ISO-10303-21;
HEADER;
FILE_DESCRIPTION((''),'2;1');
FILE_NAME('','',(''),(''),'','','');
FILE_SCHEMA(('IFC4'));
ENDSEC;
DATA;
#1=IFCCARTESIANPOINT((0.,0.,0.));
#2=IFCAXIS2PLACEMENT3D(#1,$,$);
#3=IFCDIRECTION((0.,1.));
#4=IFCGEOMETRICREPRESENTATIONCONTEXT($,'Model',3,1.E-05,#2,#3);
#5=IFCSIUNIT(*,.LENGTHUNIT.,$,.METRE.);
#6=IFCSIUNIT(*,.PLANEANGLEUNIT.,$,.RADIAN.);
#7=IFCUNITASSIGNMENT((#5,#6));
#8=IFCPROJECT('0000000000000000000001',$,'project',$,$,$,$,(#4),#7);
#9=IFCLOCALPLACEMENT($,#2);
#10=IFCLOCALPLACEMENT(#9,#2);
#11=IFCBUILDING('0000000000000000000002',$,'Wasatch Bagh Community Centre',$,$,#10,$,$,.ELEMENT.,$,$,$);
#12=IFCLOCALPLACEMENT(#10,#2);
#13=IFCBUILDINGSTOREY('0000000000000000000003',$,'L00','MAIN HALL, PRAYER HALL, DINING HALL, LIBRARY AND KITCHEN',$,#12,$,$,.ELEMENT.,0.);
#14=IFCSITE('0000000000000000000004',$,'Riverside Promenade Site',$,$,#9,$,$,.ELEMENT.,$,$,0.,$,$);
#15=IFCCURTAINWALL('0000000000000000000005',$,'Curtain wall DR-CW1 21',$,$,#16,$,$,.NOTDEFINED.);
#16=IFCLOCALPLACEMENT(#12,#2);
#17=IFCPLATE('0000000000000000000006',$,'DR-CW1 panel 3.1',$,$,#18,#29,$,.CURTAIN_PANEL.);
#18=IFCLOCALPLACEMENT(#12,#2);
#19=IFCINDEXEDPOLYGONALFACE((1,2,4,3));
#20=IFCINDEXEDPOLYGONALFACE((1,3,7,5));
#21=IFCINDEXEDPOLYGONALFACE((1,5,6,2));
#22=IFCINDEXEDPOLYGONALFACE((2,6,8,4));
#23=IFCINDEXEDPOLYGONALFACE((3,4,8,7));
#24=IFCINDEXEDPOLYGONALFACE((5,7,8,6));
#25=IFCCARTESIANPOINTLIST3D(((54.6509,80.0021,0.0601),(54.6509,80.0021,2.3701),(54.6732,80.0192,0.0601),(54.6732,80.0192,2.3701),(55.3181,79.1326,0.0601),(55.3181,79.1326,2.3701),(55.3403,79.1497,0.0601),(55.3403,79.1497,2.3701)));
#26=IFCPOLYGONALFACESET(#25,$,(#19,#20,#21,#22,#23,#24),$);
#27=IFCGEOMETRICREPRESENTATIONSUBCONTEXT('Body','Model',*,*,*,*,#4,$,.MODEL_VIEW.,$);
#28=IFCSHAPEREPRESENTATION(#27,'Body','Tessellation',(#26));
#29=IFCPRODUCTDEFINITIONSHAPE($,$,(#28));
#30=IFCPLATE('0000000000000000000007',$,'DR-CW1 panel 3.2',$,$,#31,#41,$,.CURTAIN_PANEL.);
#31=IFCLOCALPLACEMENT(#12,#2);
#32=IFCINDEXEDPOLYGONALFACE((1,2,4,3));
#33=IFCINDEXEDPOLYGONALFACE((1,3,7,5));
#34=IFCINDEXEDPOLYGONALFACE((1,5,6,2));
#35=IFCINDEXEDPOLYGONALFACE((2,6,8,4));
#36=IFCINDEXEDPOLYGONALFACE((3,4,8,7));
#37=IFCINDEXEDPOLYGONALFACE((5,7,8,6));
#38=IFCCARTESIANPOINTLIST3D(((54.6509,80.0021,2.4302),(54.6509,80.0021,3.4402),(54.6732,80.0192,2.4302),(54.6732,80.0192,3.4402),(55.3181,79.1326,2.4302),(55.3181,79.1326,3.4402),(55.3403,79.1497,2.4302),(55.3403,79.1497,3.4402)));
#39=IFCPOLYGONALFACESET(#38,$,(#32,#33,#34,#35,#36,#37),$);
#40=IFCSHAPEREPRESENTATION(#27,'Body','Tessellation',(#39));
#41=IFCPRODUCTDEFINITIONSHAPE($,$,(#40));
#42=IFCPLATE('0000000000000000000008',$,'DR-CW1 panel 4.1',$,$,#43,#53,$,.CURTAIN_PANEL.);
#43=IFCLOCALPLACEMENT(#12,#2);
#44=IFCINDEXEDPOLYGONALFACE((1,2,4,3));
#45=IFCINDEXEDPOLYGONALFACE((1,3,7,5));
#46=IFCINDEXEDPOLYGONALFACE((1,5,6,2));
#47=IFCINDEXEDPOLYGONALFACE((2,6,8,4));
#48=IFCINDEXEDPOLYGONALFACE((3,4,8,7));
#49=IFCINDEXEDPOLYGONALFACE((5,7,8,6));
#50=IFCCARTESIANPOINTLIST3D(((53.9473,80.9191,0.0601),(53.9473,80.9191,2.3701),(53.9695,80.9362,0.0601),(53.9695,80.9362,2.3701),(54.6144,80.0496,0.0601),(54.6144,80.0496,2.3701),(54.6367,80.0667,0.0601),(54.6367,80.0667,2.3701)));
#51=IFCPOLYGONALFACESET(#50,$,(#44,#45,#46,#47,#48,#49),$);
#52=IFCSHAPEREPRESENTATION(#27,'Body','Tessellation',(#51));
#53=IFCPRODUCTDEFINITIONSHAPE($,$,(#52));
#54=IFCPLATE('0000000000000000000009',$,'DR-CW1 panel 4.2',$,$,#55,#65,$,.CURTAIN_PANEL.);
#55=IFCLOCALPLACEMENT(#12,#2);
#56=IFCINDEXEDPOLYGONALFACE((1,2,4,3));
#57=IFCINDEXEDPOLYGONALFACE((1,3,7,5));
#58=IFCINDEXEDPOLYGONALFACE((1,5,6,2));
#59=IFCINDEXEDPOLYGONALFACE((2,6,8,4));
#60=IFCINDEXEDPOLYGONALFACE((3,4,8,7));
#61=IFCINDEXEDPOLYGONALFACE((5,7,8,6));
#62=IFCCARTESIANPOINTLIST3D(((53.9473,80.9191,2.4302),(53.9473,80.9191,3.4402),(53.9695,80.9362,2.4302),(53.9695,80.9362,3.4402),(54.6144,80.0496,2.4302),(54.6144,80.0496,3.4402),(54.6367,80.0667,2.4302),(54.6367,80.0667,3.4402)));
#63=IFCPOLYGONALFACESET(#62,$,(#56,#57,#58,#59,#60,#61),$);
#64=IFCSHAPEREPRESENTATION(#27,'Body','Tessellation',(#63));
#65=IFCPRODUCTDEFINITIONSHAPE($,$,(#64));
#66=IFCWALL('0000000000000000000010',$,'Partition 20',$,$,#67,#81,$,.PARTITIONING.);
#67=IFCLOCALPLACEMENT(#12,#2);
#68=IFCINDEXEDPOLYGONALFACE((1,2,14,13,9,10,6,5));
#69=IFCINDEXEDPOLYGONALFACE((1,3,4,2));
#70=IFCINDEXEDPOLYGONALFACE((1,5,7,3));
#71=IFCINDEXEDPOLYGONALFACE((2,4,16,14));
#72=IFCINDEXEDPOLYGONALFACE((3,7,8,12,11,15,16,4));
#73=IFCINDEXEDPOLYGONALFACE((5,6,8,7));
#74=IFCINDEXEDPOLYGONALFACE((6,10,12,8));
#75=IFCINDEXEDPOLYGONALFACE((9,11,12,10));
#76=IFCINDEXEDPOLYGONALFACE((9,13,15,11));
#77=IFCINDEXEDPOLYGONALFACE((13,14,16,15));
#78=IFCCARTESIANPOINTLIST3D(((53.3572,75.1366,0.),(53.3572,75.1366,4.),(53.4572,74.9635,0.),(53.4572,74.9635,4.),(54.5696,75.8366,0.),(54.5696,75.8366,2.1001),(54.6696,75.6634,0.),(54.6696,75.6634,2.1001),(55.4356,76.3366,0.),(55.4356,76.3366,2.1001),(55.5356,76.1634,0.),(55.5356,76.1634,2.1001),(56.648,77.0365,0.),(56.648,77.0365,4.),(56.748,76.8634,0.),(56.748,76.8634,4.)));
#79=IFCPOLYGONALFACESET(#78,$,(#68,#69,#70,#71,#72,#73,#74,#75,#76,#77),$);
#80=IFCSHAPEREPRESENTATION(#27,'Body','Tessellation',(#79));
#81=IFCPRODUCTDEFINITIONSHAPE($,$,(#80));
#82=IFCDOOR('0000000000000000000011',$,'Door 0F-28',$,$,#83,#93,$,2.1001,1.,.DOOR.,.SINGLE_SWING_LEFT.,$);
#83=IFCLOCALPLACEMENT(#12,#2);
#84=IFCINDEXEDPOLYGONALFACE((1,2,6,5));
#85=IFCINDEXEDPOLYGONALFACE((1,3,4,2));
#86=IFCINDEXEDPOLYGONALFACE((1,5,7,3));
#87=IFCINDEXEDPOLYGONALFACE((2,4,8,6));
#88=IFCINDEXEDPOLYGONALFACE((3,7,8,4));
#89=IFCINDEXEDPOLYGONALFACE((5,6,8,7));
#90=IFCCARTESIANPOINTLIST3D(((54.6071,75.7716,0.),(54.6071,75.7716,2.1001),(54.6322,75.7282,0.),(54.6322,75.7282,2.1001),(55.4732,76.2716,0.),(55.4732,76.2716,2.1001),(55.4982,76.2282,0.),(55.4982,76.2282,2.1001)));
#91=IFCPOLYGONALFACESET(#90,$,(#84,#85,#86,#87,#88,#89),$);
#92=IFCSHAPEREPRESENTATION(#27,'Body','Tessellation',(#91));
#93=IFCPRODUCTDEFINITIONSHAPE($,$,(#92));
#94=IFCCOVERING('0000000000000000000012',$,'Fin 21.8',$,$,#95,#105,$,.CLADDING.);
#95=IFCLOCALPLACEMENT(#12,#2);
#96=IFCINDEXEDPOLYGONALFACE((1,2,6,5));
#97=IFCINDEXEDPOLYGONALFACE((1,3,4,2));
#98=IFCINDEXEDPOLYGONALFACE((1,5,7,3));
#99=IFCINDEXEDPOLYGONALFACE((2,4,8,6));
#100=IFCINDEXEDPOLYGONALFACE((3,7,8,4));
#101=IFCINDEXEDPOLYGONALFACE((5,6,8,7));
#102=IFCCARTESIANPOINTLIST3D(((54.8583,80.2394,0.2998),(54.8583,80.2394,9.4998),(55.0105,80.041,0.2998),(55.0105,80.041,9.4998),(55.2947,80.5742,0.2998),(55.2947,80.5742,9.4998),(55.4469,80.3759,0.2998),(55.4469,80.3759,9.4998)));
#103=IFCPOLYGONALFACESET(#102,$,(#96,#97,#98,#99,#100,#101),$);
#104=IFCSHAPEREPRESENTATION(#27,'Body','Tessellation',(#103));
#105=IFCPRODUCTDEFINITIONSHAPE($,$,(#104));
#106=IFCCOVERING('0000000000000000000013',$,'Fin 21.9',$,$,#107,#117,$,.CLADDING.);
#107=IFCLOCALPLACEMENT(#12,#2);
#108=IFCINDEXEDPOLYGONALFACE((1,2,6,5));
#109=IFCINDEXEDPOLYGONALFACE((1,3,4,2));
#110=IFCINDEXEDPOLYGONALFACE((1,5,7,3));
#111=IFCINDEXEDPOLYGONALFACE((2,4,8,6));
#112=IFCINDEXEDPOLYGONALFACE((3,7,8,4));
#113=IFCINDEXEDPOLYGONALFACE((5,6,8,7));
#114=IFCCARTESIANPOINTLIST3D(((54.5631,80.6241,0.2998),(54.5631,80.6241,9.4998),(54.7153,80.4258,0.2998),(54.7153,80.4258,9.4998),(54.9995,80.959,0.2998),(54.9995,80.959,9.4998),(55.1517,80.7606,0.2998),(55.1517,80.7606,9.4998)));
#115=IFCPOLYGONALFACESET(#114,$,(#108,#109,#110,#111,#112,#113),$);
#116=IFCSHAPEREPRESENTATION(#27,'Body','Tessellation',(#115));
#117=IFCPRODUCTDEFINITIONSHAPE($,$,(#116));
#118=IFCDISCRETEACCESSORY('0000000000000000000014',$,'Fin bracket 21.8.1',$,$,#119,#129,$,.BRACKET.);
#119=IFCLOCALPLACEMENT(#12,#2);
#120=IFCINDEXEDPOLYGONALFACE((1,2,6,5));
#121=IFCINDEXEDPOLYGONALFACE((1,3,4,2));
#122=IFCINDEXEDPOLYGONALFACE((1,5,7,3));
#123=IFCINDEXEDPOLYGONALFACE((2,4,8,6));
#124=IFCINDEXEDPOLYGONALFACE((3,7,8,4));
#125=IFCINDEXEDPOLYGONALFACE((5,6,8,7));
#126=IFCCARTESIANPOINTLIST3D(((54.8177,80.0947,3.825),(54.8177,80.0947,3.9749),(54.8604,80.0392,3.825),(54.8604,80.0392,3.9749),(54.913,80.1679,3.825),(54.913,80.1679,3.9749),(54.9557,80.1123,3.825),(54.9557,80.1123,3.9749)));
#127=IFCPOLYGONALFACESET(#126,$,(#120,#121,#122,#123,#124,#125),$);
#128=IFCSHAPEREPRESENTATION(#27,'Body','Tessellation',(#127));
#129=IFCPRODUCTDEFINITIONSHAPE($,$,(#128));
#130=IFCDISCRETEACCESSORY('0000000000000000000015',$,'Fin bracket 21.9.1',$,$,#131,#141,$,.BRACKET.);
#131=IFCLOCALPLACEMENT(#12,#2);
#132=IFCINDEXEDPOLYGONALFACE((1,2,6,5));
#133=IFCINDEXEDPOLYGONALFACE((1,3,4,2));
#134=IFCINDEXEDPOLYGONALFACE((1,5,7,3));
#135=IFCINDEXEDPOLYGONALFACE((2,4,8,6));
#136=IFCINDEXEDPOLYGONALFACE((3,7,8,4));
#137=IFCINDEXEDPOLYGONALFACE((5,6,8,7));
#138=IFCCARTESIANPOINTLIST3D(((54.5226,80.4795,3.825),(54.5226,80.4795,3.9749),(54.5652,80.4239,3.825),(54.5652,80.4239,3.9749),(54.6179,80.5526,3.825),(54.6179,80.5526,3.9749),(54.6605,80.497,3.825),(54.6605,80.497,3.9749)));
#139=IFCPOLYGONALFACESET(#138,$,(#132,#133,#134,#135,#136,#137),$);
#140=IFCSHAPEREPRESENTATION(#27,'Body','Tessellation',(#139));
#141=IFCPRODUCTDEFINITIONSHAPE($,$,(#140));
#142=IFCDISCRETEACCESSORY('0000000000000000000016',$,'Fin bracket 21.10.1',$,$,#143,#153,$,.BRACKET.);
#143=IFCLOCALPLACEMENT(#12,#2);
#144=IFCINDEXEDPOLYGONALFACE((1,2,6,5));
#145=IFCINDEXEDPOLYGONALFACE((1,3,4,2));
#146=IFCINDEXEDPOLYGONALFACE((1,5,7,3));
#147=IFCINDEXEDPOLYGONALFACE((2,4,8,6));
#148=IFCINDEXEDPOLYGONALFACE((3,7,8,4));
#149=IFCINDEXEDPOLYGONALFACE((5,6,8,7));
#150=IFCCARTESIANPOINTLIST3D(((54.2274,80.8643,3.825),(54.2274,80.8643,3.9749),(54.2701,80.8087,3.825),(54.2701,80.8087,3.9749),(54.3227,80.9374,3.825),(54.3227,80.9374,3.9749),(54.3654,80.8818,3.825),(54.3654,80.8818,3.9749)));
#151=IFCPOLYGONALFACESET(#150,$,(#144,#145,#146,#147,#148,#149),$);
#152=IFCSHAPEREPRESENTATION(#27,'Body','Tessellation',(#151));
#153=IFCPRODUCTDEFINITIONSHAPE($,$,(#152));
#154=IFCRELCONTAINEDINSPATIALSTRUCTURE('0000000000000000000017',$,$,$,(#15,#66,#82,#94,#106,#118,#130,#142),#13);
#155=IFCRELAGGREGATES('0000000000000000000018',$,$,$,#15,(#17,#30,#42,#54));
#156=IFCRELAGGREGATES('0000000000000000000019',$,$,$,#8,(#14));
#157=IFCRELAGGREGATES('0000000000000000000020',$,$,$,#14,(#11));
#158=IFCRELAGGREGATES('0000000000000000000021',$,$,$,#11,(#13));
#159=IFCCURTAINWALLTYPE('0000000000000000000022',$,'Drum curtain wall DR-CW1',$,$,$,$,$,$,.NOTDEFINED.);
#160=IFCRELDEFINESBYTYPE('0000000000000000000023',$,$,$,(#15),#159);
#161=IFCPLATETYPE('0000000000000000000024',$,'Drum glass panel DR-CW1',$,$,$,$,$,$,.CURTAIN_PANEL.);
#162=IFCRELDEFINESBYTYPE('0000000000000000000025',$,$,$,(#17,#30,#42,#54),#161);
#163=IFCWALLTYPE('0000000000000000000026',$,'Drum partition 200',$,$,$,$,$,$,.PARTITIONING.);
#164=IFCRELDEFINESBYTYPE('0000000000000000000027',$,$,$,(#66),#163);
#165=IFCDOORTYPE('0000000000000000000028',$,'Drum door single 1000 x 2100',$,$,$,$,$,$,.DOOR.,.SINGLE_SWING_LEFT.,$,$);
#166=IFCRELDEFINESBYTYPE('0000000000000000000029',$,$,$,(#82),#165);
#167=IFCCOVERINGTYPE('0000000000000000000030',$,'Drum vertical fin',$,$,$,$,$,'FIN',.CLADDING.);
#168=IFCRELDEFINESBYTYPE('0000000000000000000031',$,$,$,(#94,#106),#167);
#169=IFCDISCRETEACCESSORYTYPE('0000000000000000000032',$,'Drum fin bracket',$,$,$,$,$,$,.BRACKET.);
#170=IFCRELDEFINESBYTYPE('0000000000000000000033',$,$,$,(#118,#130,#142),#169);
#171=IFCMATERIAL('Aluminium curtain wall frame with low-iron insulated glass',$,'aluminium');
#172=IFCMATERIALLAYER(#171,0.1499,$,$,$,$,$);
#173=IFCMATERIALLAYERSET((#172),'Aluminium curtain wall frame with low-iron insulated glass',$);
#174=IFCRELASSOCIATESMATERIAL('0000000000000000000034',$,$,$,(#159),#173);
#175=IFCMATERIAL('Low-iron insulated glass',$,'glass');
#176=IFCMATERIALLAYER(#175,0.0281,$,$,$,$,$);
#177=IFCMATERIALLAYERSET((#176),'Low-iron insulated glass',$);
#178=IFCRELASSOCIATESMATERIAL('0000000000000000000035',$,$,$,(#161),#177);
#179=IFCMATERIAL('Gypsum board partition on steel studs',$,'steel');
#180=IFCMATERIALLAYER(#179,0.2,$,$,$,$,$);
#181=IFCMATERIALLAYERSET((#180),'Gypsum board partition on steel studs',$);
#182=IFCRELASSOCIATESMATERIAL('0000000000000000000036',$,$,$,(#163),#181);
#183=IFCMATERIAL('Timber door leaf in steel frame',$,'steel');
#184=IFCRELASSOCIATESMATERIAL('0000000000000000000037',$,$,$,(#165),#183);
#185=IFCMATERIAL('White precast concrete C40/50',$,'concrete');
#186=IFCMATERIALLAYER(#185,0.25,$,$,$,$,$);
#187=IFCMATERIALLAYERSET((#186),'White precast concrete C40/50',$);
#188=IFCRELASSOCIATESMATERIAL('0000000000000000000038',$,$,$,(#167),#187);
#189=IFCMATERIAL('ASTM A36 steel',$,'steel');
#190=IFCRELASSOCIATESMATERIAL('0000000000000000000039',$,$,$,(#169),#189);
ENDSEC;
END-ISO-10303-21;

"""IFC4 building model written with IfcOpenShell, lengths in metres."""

from ifc_helpers import new_model, si_unit, direction, frame, frame_2d, origin, origin_2d, place, context, subcontext, project, spatial, rectangle, extrude, material, layer, layer_set, type_object, element, fill, aggregate, save


model = new_model("IFC4")

# Units and contexts
model_context = context("Model", 3, precision=1e-05, world=origin(), true_north=direction((0.0, 1.0)))
body_context = subcontext(model_context, "Body", "Model", "MODEL_VIEW")
ifc_project = project(units=[si_unit("LENGTHUNIT", "METRE"), si_unit("PLANEANGLEUNIT", "RADIAN")], contexts=[model_context])

# Site, building, storey
site_placement = place(None, origin())
site = spatial("IfcSite", under=ifc_project, at=site_placement, Name="Riverside Promenade Site", CompositionType="ELEMENT", RefElevation=0.0)
building_placement = place(site_placement, origin())
building = spatial("IfcBuilding", under=site, at=building_placement, Name="Wasatch Bagh Community Centre", CompositionType="ELEMENT")
storey_placement = place(building_placement, origin())
storey = spatial("IfcBuildingStorey", under=building, at=storey_placement, Name="L00", Description="MAIN HALL, PRAYER HALL, DINING HALL, LIBRARY AND KITCHEN", CompositionType="ELEMENT", Elevation=0.0)

# Curtain wall, plates
ifc_material_1 = material(Name="Aluminium curtain wall frame with low-iron insulated glass", Category="aluminium")
ifc_layer_1 = layer(ifc_material_1, 0.1499)
ifc_layer_set_1 = layer_set([ifc_layer_1], Name="Aluminium curtain wall frame with low-iron insulated glass")
curtain_wall_type = type_object("IfcCurtainWallType", Name="Drum curtain wall DR-CW1", PredefinedType="NOTDEFINED", material=ifc_layer_set_1)
curtain_wall_placement = place(storey_placement, origin())
curtain_wall = element("IfcCurtainWall", 1, at=curtain_wall_placement, inside=storey, type_object=curtain_wall_type, Name="Curtain wall DR-CW1 21", PredefinedType="NOTDEFINED")
ifc_material_2 = material(Name="Low-iron insulated glass", Category="glass")
ifc_layer_2 = layer(ifc_material_2, 0.0281)
ifc_layer_set_2 = layer_set([ifc_layer_2], Name="Low-iron insulated glass")
plate_type = type_object("IfcPlateType", Name="Drum glass panel DR-CW1", PredefinedType="CURTAIN_PANEL", material=ifc_layer_set_2)
plate_1_placement = place(storey_placement, frame((54.9956, 79.5759, 0.0601), z_axis=(0.0, 0.0, 1.0), x_axis=(-0.608761, 0.793353, 0.0)))
plate_1 = element("IfcPlate", 2, at=plate_1_placement, type_object=plate_type, Name="DR-CW1 panel 3.1", PredefinedType="CURTAIN_PANEL", context=body_context, shape_type="SweptSolid", body=[
    extrude(rectangle(XDim=1.0959, YDim=0.0281, at=origin_2d()), origin(), (0.0, 0.0, 1.0), 2.3101),
])
plate_2_placement = place(storey_placement, frame((54.9956, 79.5759, 2.4302), z_axis=(0.0, 0.0, 1.0), x_axis=(-0.608761, 0.793353, 0.0)))
plate_2 = element("IfcPlate", 3, at=plate_2_placement, type_object=plate_type, Name="DR-CW1 panel 3.2", PredefinedType="CURTAIN_PANEL", context=body_context, shape_type="SweptSolid", body=[
    extrude(rectangle(XDim=1.0959, YDim=0.0281, at=origin_2d()), origin(), (0.0, 0.0, 1.0), 1.01),
])
plate_3_placement = place(storey_placement, frame((54.292, 80.4929, 0.0601), z_axis=(0.0, 0.0, 1.0), x_axis=(-0.608761, 0.793353, 0.0)))
plate_3 = element("IfcPlate", 4, at=plate_3_placement, type_object=plate_type, Name="DR-CW1 panel 4.1", PredefinedType="CURTAIN_PANEL", context=body_context, shape_type="SweptSolid", body=[
    extrude(rectangle(XDim=1.0959, YDim=0.0281, at=origin_2d()), origin(), (0.0, 0.0, 1.0), 2.3101),
])
plate_4_placement = place(storey_placement, frame((54.292, 80.4929, 2.4302), z_axis=(0.0, 0.0, 1.0), x_axis=(-0.608761, 0.793353, 0.0)))
plate_4 = element("IfcPlate", 5, at=plate_4_placement, type_object=plate_type, Name="DR-CW1 panel 4.2", PredefinedType="CURTAIN_PANEL", context=body_context, shape_type="SweptSolid", body=[
    extrude(rectangle(XDim=1.0959, YDim=0.0281, at=origin_2d()), origin(), (0.0, 0.0, 1.0), 1.01),
])
aggregate(curtain_wall, [plate_1, plate_2, plate_3, plate_4])

# Wall, opening, door
ifc_material_3 = material(Name="Gypsum board partition on steel studs", Category="steel")
ifc_layer_3 = layer(ifc_material_3, 0.2)
ifc_layer_set_3 = layer_set([ifc_layer_3], Name="Gypsum board partition on steel studs")
wall_type = type_object("IfcWallType", Name="Drum partition 200", PredefinedType="PARTITIONING", material=ifc_layer_set_3)
wall_placement = place(storey_placement, frame((53.4072, 75.05, 0.0), z_axis=(0.0, 0.0, 1.0), x_axis=(0.866028, 0.499995, 0.0)))
wall = element("IfcWall", 6, at=wall_placement, inside=storey, type_object=wall_type, Name="Partition 20", PredefinedType="PARTITIONING", context=body_context, shape_type="SweptSolid", body=[
    extrude(rectangle(XDim=3.7998, YDim=0.2, at=frame_2d((1.8999, 0.0))), origin(), (0.0, 0.0, 1.0), 4.0),
])
opening_placement = place(wall_placement, frame((1.3999, 0.0, 0.0)))
opening = element("IfcOpeningElement", 7, at=opening_placement, cuts=wall, PredefinedType="OPENING", context=body_context, shape_type="SweptSolid", body=[
    extrude(rectangle(XDim=1.0, YDim=2.1001, at=frame_2d((0.5, 1.05))), frame((0.0, 0.1099, 0.0), z_axis=(0.0, -1.0, 0.0), x_axis=(1.0, 0.0, 0.0)), (0.0, 0.0, 1.0), 0.22),
])
ifc_material_4 = material(Name="Timber door leaf in steel frame", Category="steel")
door_type = type_object("IfcDoorType", Name="Drum door single 1000 x 2100", OperationType="SINGLE_SWING_LEFT", PredefinedType="DOOR", material=ifc_material_4)
door_placement = place(opening_placement, origin())
door = element("IfcDoor", 8, at=door_placement, inside=storey, type_object=door_type, Name="Door 0F-28", OperationType="SINGLE_SWING_LEFT", OverallHeight=2.1001, OverallWidth=1.0, PredefinedType="DOOR", context=body_context, shape_type="SweptSolid", body=[
    extrude(rectangle(XDim=1.0, YDim=2.1001, at=frame_2d((0.5, 1.05))), frame((0.0, 0.0249, 0.0), z_axis=(0.0, -1.0, 0.0), x_axis=(1.0, 0.0, 0.0)), (0.0, 0.0, 1.0), 0.05),
])
fill(opening, door)

# Coverings
ifc_material_5 = material(Name="White precast concrete C40/50", Category="concrete")
ifc_layer_4 = layer(ifc_material_5, 0.25)
ifc_layer_set_4 = layer_set([ifc_layer_4], Name="White precast concrete C40/50")
covering_type = type_object("IfcCoveringType", Name="Drum vertical fin", ElementType="FIN", PredefinedType="CLADDING", material=ifc_layer_set_4)
for number, where, z_axis, x_axis, name in (
    (9, (55.1526, 80.3076, 0.2998), (0.0, 0.0, 1.0), (-0.608761, 0.793353, 0.0), "Fin 21.8"),
    (10, (54.8574, 80.6924, 0.2998), (0.0, 0.0, 1.0), (-0.608761, 0.793353, 0.0), "Fin 21.9"),
):
    element("IfcCovering", number, at=place(storey_placement, frame(where, z_axis=z_axis, x_axis=x_axis)), inside=storey, type_object=covering_type, Name=name, PredefinedType="CLADDING", context=body_context, shape_type="SweptSolid", body=[
        extrude(rectangle(XDim=0.25, YDim=0.55, at=origin_2d()), origin(), (0.0, 0.0, 1.0), 9.2),
    ])

# Discrete accessories
ifc_material_6 = material(Name="ASTM A36 steel", Category="steel")
discrete_accessory_type = type_object("IfcDiscreteAccessoryType", Name="Drum fin bracket", PredefinedType="BRACKET", material=ifc_material_6)
for number, where, z_axis, x_axis, name in (
    (11, (54.8867, 80.1035, 3.825), (0.0, 0.0, 1.0), (-0.608761, 0.793353, 0.0), "Fin bracket 21.8.1"),
    (12, (54.5916, 80.4883, 3.825), (0.0, 0.0, 1.0), (-0.608761, 0.793353, 0.0), "Fin bracket 21.9.1"),
    (13, (54.2964, 80.873, 3.825), (0.0, 0.0, 1.0), (-0.608761, 0.793353, 0.0), "Fin bracket 21.10.1"),
):
    element("IfcDiscreteAccessory", number, at=place(storey_placement, frame(where, z_axis=z_axis, x_axis=x_axis)), inside=storey, type_object=discrete_accessory_type, Name=name, PredefinedType="BRACKET", context=body_context, shape_type="SweptSolid", body=[
        extrude(rectangle(XDim=0.0701, YDim=0.1201, at=origin_2d()), origin(), (0.0, 0.0, 1.0), 0.1499),
    ])

save(model, "model.ifc")
